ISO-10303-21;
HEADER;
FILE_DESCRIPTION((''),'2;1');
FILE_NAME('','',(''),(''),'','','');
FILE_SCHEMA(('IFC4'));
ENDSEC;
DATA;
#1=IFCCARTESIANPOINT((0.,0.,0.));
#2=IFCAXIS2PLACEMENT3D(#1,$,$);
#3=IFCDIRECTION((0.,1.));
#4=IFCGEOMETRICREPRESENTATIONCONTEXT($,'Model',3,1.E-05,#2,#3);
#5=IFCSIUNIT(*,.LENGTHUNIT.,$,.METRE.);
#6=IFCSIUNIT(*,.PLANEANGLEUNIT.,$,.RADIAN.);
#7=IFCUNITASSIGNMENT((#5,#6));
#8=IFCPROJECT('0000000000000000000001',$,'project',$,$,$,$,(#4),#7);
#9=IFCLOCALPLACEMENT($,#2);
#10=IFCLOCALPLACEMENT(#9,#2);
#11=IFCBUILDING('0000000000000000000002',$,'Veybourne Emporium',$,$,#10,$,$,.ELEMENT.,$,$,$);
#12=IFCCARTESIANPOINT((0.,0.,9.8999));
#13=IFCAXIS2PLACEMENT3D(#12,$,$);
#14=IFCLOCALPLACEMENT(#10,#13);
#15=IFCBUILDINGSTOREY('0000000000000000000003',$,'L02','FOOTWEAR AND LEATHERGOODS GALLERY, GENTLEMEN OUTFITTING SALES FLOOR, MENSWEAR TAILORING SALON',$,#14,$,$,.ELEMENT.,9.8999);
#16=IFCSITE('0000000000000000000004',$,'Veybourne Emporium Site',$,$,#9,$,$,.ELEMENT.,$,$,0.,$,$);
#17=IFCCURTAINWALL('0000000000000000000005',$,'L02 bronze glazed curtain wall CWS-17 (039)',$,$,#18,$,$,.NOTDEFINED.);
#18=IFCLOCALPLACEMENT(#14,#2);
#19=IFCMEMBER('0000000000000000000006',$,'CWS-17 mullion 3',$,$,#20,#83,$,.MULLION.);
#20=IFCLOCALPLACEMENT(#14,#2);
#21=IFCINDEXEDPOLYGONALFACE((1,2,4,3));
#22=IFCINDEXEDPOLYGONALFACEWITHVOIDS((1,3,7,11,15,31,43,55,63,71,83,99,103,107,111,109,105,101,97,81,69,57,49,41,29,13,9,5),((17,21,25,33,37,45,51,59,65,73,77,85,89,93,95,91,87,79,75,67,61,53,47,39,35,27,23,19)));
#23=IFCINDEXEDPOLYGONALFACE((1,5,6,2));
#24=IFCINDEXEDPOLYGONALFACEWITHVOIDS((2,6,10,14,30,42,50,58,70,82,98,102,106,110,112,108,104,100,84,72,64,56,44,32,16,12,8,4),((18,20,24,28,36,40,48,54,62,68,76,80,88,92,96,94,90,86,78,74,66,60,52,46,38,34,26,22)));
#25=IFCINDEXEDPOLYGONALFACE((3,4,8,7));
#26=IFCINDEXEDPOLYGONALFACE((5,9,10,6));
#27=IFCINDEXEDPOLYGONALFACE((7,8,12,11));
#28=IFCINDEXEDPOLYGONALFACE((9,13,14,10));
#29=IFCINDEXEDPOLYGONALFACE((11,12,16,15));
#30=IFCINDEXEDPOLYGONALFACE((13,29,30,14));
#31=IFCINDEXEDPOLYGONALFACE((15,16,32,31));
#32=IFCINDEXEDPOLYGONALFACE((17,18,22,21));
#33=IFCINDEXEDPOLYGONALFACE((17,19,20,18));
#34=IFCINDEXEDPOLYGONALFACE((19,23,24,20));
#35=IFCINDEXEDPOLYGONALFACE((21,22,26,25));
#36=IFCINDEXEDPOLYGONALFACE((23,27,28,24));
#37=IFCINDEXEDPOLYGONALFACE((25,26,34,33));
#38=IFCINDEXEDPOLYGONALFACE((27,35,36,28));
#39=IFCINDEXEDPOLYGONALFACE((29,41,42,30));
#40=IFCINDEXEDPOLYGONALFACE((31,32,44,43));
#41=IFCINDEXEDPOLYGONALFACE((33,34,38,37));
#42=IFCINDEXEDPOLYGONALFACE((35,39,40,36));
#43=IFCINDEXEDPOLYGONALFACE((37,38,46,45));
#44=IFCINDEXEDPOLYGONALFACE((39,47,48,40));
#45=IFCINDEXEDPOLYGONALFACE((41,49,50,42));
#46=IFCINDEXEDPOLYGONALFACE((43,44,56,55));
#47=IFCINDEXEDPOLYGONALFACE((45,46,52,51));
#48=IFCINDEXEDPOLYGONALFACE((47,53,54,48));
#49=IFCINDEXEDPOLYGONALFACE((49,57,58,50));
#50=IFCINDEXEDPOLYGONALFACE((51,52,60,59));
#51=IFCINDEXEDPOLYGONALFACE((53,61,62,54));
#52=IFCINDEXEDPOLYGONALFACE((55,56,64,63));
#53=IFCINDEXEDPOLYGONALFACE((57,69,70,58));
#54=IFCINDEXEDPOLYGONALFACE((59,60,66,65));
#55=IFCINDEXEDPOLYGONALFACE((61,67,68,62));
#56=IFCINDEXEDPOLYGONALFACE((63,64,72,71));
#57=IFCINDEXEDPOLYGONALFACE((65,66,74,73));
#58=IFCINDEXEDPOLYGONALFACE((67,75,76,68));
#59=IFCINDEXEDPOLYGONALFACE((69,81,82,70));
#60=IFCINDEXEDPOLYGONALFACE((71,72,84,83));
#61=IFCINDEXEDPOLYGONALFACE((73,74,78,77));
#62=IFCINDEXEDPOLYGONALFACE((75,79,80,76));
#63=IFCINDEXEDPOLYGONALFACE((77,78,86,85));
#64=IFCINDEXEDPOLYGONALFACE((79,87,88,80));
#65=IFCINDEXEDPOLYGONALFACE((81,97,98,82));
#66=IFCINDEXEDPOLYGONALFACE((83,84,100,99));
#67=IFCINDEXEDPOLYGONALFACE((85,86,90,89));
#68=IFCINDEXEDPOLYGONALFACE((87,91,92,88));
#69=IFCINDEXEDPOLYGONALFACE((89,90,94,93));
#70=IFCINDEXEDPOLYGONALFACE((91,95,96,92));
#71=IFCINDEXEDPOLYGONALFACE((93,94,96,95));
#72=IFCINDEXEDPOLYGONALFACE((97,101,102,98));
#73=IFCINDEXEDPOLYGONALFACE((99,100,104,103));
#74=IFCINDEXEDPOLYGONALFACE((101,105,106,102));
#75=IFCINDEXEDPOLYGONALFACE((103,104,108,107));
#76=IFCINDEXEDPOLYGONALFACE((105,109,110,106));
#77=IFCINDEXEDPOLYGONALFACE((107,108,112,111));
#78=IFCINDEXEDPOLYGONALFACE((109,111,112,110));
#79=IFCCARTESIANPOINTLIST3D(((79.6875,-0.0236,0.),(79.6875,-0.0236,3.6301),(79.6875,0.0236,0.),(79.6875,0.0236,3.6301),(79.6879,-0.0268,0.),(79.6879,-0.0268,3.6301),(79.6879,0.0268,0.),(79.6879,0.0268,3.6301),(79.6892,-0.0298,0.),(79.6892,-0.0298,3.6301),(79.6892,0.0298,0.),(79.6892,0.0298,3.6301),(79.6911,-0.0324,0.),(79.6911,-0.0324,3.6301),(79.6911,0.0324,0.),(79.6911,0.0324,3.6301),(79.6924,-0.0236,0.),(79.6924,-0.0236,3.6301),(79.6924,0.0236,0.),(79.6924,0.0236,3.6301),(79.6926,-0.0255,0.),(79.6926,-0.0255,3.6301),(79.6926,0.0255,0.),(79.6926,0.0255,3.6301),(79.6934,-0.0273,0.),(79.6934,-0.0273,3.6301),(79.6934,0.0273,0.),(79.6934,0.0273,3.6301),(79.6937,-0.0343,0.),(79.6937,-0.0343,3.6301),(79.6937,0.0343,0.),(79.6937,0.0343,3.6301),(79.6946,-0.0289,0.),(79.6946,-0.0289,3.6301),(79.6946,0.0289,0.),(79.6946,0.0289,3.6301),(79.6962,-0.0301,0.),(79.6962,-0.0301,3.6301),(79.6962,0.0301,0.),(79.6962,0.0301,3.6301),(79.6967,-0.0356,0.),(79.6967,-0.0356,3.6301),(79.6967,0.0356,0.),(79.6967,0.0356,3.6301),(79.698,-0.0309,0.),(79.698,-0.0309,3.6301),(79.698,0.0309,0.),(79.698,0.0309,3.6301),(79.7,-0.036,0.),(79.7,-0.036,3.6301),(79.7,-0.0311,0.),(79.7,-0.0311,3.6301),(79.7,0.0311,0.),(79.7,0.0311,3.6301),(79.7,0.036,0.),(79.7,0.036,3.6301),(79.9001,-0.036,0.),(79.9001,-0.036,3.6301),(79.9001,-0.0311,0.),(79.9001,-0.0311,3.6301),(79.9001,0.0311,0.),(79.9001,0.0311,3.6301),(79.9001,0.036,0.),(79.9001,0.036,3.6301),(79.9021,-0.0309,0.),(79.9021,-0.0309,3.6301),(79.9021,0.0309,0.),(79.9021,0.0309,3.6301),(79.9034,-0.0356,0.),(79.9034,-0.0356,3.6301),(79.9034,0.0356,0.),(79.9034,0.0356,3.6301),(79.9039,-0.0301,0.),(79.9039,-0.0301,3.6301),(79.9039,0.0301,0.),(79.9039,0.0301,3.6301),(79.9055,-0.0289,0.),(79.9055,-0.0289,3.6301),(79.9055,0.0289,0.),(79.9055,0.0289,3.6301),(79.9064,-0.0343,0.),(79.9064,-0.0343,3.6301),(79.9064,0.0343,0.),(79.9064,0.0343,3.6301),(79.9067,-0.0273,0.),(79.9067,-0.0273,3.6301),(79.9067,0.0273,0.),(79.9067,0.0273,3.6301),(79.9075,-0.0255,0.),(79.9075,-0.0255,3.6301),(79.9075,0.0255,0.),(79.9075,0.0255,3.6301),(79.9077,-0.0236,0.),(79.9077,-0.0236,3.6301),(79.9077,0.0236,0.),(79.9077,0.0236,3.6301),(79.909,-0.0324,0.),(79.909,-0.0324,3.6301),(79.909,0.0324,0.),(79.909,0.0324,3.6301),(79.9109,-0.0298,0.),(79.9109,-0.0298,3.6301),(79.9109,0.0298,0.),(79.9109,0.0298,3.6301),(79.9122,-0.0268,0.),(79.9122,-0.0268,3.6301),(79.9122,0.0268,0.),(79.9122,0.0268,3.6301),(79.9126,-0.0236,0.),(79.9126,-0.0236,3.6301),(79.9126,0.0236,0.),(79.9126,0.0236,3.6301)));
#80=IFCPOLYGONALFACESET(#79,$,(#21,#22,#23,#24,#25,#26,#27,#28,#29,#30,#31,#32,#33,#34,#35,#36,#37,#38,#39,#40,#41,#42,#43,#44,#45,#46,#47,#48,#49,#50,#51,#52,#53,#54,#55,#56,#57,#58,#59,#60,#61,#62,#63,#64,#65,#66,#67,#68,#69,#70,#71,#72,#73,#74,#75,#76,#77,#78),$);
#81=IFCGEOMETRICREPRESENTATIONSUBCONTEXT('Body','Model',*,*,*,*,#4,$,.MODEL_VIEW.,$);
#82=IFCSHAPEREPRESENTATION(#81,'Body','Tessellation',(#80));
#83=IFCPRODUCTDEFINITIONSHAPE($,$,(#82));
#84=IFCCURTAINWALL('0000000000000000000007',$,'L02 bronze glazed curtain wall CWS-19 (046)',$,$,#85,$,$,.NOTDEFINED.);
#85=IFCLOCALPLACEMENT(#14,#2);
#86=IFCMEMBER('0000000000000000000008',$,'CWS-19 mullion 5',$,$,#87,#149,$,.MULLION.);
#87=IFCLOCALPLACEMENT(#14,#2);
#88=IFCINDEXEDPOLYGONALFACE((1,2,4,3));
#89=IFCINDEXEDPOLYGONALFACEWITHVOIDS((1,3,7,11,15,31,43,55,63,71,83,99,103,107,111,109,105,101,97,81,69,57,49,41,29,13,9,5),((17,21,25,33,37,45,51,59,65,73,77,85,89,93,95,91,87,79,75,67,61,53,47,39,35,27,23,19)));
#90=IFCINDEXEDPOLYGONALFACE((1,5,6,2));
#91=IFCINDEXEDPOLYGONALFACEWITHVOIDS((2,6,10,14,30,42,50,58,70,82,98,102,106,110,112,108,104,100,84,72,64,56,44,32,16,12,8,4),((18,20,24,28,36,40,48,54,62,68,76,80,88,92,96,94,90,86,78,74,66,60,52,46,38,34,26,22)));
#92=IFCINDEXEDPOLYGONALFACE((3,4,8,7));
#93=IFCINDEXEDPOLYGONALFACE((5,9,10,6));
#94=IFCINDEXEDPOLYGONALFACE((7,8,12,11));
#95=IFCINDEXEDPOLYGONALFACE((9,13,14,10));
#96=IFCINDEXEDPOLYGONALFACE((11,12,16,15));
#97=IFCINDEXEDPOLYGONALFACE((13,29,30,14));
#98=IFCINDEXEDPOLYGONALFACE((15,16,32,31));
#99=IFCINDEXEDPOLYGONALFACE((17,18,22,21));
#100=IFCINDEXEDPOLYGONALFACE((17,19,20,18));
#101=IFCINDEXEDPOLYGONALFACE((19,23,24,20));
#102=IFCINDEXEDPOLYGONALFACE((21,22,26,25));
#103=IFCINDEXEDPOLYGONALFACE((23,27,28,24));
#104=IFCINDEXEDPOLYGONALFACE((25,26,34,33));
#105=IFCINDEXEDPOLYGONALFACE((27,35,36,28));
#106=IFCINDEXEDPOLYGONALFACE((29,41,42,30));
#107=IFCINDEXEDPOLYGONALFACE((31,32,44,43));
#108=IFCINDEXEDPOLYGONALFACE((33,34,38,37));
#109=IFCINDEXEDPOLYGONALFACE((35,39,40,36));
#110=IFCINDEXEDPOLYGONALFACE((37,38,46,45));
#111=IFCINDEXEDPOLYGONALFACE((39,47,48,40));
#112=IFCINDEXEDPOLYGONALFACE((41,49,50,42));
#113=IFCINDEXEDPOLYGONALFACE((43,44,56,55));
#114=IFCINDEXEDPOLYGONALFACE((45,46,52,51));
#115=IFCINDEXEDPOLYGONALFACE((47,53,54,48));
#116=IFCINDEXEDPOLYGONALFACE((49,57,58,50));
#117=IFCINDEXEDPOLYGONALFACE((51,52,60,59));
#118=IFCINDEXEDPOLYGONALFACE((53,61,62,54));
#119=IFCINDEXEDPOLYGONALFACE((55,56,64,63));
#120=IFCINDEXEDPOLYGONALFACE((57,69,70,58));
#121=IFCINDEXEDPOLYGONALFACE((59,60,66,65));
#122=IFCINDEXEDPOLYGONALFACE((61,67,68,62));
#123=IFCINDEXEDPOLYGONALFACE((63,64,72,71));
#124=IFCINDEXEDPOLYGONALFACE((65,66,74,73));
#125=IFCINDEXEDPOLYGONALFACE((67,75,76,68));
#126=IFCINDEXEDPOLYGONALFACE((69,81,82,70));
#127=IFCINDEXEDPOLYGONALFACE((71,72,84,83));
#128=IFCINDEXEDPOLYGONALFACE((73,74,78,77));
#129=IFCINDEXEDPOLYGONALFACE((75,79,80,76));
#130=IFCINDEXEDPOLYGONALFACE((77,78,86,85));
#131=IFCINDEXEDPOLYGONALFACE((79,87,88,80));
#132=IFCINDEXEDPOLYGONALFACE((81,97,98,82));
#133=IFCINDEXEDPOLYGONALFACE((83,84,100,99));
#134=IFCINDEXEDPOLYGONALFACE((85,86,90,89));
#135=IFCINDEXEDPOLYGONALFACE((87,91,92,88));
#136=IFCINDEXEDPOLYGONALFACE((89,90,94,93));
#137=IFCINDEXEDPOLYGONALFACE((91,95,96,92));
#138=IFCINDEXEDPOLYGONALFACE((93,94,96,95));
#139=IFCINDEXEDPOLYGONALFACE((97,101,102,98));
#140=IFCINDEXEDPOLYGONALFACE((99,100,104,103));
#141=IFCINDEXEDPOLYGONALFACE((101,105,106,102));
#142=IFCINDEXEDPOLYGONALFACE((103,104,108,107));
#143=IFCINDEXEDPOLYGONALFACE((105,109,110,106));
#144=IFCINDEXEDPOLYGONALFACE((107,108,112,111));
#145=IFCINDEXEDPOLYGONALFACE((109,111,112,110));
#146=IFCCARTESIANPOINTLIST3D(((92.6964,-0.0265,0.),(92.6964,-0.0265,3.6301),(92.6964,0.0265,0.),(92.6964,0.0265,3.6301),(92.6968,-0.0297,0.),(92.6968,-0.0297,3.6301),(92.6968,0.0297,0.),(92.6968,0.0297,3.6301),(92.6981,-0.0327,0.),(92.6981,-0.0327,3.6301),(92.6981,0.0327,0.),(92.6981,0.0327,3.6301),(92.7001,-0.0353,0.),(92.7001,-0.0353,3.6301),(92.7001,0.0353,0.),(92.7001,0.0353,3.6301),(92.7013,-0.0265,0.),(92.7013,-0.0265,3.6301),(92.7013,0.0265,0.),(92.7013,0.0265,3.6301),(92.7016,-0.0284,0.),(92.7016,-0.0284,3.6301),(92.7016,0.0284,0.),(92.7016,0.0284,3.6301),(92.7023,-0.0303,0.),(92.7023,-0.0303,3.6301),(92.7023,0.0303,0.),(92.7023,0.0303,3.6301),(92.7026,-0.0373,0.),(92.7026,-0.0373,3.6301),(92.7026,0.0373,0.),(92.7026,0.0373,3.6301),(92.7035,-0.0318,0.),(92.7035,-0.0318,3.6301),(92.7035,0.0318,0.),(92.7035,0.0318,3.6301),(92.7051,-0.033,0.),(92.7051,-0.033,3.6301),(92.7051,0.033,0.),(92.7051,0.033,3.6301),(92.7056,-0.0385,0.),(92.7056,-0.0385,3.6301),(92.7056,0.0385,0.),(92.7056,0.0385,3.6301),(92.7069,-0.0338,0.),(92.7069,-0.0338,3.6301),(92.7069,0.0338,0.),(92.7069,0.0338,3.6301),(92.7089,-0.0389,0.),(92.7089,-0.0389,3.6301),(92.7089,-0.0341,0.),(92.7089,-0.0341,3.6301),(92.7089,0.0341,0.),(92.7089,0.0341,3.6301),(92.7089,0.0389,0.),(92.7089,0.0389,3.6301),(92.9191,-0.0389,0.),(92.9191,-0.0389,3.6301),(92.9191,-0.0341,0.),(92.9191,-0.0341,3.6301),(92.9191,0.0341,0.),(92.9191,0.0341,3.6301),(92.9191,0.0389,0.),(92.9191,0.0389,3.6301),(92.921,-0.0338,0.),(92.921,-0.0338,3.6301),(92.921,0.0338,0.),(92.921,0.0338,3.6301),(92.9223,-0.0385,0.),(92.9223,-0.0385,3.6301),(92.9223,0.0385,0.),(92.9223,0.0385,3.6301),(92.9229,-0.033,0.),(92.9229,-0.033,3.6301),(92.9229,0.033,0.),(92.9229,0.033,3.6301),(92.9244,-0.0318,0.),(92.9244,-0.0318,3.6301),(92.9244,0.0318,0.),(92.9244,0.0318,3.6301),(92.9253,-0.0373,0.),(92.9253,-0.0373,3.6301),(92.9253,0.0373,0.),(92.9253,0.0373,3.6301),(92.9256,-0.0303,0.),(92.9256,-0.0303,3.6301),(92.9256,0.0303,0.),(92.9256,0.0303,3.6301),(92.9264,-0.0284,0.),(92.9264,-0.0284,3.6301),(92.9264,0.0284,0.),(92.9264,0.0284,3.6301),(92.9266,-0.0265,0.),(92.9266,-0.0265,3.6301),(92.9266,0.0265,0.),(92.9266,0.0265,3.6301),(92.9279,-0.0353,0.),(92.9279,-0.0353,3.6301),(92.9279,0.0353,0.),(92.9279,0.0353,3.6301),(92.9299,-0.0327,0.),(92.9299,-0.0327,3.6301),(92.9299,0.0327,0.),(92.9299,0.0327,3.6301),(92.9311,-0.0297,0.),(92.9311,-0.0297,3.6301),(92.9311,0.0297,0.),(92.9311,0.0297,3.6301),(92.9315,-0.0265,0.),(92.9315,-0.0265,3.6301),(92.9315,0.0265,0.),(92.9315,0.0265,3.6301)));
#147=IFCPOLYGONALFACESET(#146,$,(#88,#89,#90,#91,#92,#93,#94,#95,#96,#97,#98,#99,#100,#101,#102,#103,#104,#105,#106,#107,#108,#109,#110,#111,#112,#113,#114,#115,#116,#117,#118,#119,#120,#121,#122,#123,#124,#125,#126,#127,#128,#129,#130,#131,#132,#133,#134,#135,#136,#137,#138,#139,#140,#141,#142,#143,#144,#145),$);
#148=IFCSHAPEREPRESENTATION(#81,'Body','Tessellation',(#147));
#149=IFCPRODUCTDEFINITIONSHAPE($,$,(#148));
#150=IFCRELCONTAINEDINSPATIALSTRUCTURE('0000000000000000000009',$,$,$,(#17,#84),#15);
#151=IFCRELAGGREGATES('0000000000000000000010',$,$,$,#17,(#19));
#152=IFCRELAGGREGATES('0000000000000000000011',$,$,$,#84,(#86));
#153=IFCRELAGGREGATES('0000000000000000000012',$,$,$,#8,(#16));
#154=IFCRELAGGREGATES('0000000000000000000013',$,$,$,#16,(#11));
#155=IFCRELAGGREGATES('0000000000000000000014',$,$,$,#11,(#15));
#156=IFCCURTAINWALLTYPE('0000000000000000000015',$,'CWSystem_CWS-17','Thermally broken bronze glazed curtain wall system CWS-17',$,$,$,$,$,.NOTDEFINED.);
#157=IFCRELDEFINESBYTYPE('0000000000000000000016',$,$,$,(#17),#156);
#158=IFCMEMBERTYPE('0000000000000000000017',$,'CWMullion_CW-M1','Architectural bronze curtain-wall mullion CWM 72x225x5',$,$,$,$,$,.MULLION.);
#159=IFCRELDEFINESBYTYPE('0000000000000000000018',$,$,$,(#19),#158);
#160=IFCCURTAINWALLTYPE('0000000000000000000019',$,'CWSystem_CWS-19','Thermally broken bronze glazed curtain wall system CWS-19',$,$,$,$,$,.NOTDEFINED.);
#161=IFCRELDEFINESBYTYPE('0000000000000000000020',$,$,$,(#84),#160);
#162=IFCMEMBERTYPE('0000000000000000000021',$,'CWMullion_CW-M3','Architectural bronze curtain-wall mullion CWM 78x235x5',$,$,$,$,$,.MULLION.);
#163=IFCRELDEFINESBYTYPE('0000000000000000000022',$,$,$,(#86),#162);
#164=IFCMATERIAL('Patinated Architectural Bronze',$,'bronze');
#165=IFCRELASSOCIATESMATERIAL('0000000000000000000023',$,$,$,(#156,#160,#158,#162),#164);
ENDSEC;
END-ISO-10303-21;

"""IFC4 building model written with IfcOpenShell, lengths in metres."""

from ifc_helpers import new_model, si_unit, direction, frame, origin, origin_2d, place, context, subcontext, project, spatial, hollow_rectangle, extrude, material, material_profile, profile_set, type_object, element, aggregate, save


model = new_model("IFC4")

# Units and contexts
model_context = context("Model", 3, precision=1e-05, world=origin(), true_north=direction((0.0, 1.0)))
body_context = subcontext(model_context, "Body", "Model", "MODEL_VIEW")
ifc_project = project(units=[si_unit("LENGTHUNIT", "METRE"), si_unit("PLANEANGLEUNIT", "RADIAN")], contexts=[model_context])

# Site, building, storey
site_placement = place(None, origin())
site = spatial("IfcSite", under=ifc_project, at=site_placement, Name="Veybourne Emporium Site", CompositionType="ELEMENT", RefElevation=0.0)
building_placement = place(site_placement, origin())
building = spatial("IfcBuilding", under=site, at=building_placement, Name="Veybourne Emporium", CompositionType="ELEMENT")
storey_placement = place(building_placement, frame((0.0, 0.0, 9.8999)))
storey = spatial("IfcBuildingStorey", under=building, at=storey_placement, Name="L02", Description="FOOTWEAR AND LEATHERGOODS GALLERY, GENTLEMEN OUTFITTING SALES FLOOR, MENSWEAR TAILORING SALON", CompositionType="ELEMENT", Elevation=9.8999)

# Curtain wall, member
ifc_material_1 = material(Name="Patinated Architectural Bronze", Category="bronze")
curtain_wall_type_1 = type_object("IfcCurtainWallType", Name="CWSystem_CWS-17", Description="Thermally broken bronze glazed curtain wall system CWS-17", PredefinedType="NOTDEFINED", material=ifc_material_1)
curtain_wall_1_placement = place(storey_placement, origin())
curtain_wall_1 = element("IfcCurtainWall", 1, at=curtain_wall_1_placement, inside=storey, type_object=curtain_wall_type_1, Name="L02 bronze glazed curtain wall CWS-17 (039)", PredefinedType="NOTDEFINED")
ifc_material_profile_1 = material_profile(ifc_material_1, hollow_rectangle(XDim=0.072, YDim=0.2251, WallThickness=0.0049, InnerFilletRadius=0.0076, OuterFilletRadius=0.0125, at=origin_2d()), Name="CWM 72x225x5")
ifc_profile_set_1 = profile_set([ifc_material_profile_1], Name="Patinated Architectural Bronze")
member_type_1 = type_object("IfcMemberType", Name="CWMullion_CW-M1", Description="Architectural bronze curtain-wall mullion CWM 72x225x5", PredefinedType="MULLION", material=ifc_profile_set_1)
member_1_placement = place(storey_placement, frame((79.8, 0.0, 0.0), z_axis=(0.0, 0.0, 1.0), x_axis=(0.0, -1.0, 0.0)))
member_1 = element("IfcMember", 2, at=member_1_placement, type_object=member_type_1, Name="CWS-17 mullion 3", PredefinedType="MULLION", context=body_context, shape_type="SweptSolid", body=[
    extrude(hollow_rectangle(XDim=0.072, YDim=0.2251, WallThickness=0.0049, InnerFilletRadius=0.0076, OuterFilletRadius=0.0125, at=origin_2d()), origin(), (0.0, 0.0, 1.0), 3.6301),
])

# Curtain wall, member
curtain_wall_type_2 = type_object("IfcCurtainWallType", Name="CWSystem_CWS-19", Description="Thermally broken bronze glazed curtain wall system CWS-19", PredefinedType="NOTDEFINED", material=ifc_material_1)
curtain_wall_2_placement = place(storey_placement, origin())
curtain_wall_2 = element("IfcCurtainWall", 3, at=curtain_wall_2_placement, inside=storey, type_object=curtain_wall_type_2, Name="L02 bronze glazed curtain wall CWS-19 (046)", PredefinedType="NOTDEFINED")
ifc_material_profile_2 = material_profile(ifc_material_1, hollow_rectangle(XDim=0.0779, YDim=0.2351, WallThickness=0.0049, InnerFilletRadius=0.0076, OuterFilletRadius=0.0125, at=origin_2d()), Name="CWM 78x235x5")
ifc_profile_set_2 = profile_set([ifc_material_profile_2], Name="Patinated Architectural Bronze")
member_type_2 = type_object("IfcMemberType", Name="CWMullion_CW-M3", Description="Architectural bronze curtain-wall mullion CWM 78x235x5", PredefinedType="MULLION", material=ifc_profile_set_2)
member_2_placement = place(storey_placement, frame((92.814, 0.0, 0.0), z_axis=(0.0, 0.0, 1.0), x_axis=(0.0, -1.0, 0.0)))
member_2 = element("IfcMember", 4, at=member_2_placement, type_object=member_type_2, Name="CWS-19 mullion 5", PredefinedType="MULLION", context=body_context, shape_type="SweptSolid", body=[
    extrude(hollow_rectangle(XDim=0.0779, YDim=0.2351, WallThickness=0.0049, InnerFilletRadius=0.0076, OuterFilletRadius=0.0125, at=origin_2d()), origin(), (0.0, 0.0, 1.0), 3.6301),
])

aggregate(curtain_wall_1, [member_1])
aggregate(curtain_wall_2, [member_2])

save(model, "model.ifc")
